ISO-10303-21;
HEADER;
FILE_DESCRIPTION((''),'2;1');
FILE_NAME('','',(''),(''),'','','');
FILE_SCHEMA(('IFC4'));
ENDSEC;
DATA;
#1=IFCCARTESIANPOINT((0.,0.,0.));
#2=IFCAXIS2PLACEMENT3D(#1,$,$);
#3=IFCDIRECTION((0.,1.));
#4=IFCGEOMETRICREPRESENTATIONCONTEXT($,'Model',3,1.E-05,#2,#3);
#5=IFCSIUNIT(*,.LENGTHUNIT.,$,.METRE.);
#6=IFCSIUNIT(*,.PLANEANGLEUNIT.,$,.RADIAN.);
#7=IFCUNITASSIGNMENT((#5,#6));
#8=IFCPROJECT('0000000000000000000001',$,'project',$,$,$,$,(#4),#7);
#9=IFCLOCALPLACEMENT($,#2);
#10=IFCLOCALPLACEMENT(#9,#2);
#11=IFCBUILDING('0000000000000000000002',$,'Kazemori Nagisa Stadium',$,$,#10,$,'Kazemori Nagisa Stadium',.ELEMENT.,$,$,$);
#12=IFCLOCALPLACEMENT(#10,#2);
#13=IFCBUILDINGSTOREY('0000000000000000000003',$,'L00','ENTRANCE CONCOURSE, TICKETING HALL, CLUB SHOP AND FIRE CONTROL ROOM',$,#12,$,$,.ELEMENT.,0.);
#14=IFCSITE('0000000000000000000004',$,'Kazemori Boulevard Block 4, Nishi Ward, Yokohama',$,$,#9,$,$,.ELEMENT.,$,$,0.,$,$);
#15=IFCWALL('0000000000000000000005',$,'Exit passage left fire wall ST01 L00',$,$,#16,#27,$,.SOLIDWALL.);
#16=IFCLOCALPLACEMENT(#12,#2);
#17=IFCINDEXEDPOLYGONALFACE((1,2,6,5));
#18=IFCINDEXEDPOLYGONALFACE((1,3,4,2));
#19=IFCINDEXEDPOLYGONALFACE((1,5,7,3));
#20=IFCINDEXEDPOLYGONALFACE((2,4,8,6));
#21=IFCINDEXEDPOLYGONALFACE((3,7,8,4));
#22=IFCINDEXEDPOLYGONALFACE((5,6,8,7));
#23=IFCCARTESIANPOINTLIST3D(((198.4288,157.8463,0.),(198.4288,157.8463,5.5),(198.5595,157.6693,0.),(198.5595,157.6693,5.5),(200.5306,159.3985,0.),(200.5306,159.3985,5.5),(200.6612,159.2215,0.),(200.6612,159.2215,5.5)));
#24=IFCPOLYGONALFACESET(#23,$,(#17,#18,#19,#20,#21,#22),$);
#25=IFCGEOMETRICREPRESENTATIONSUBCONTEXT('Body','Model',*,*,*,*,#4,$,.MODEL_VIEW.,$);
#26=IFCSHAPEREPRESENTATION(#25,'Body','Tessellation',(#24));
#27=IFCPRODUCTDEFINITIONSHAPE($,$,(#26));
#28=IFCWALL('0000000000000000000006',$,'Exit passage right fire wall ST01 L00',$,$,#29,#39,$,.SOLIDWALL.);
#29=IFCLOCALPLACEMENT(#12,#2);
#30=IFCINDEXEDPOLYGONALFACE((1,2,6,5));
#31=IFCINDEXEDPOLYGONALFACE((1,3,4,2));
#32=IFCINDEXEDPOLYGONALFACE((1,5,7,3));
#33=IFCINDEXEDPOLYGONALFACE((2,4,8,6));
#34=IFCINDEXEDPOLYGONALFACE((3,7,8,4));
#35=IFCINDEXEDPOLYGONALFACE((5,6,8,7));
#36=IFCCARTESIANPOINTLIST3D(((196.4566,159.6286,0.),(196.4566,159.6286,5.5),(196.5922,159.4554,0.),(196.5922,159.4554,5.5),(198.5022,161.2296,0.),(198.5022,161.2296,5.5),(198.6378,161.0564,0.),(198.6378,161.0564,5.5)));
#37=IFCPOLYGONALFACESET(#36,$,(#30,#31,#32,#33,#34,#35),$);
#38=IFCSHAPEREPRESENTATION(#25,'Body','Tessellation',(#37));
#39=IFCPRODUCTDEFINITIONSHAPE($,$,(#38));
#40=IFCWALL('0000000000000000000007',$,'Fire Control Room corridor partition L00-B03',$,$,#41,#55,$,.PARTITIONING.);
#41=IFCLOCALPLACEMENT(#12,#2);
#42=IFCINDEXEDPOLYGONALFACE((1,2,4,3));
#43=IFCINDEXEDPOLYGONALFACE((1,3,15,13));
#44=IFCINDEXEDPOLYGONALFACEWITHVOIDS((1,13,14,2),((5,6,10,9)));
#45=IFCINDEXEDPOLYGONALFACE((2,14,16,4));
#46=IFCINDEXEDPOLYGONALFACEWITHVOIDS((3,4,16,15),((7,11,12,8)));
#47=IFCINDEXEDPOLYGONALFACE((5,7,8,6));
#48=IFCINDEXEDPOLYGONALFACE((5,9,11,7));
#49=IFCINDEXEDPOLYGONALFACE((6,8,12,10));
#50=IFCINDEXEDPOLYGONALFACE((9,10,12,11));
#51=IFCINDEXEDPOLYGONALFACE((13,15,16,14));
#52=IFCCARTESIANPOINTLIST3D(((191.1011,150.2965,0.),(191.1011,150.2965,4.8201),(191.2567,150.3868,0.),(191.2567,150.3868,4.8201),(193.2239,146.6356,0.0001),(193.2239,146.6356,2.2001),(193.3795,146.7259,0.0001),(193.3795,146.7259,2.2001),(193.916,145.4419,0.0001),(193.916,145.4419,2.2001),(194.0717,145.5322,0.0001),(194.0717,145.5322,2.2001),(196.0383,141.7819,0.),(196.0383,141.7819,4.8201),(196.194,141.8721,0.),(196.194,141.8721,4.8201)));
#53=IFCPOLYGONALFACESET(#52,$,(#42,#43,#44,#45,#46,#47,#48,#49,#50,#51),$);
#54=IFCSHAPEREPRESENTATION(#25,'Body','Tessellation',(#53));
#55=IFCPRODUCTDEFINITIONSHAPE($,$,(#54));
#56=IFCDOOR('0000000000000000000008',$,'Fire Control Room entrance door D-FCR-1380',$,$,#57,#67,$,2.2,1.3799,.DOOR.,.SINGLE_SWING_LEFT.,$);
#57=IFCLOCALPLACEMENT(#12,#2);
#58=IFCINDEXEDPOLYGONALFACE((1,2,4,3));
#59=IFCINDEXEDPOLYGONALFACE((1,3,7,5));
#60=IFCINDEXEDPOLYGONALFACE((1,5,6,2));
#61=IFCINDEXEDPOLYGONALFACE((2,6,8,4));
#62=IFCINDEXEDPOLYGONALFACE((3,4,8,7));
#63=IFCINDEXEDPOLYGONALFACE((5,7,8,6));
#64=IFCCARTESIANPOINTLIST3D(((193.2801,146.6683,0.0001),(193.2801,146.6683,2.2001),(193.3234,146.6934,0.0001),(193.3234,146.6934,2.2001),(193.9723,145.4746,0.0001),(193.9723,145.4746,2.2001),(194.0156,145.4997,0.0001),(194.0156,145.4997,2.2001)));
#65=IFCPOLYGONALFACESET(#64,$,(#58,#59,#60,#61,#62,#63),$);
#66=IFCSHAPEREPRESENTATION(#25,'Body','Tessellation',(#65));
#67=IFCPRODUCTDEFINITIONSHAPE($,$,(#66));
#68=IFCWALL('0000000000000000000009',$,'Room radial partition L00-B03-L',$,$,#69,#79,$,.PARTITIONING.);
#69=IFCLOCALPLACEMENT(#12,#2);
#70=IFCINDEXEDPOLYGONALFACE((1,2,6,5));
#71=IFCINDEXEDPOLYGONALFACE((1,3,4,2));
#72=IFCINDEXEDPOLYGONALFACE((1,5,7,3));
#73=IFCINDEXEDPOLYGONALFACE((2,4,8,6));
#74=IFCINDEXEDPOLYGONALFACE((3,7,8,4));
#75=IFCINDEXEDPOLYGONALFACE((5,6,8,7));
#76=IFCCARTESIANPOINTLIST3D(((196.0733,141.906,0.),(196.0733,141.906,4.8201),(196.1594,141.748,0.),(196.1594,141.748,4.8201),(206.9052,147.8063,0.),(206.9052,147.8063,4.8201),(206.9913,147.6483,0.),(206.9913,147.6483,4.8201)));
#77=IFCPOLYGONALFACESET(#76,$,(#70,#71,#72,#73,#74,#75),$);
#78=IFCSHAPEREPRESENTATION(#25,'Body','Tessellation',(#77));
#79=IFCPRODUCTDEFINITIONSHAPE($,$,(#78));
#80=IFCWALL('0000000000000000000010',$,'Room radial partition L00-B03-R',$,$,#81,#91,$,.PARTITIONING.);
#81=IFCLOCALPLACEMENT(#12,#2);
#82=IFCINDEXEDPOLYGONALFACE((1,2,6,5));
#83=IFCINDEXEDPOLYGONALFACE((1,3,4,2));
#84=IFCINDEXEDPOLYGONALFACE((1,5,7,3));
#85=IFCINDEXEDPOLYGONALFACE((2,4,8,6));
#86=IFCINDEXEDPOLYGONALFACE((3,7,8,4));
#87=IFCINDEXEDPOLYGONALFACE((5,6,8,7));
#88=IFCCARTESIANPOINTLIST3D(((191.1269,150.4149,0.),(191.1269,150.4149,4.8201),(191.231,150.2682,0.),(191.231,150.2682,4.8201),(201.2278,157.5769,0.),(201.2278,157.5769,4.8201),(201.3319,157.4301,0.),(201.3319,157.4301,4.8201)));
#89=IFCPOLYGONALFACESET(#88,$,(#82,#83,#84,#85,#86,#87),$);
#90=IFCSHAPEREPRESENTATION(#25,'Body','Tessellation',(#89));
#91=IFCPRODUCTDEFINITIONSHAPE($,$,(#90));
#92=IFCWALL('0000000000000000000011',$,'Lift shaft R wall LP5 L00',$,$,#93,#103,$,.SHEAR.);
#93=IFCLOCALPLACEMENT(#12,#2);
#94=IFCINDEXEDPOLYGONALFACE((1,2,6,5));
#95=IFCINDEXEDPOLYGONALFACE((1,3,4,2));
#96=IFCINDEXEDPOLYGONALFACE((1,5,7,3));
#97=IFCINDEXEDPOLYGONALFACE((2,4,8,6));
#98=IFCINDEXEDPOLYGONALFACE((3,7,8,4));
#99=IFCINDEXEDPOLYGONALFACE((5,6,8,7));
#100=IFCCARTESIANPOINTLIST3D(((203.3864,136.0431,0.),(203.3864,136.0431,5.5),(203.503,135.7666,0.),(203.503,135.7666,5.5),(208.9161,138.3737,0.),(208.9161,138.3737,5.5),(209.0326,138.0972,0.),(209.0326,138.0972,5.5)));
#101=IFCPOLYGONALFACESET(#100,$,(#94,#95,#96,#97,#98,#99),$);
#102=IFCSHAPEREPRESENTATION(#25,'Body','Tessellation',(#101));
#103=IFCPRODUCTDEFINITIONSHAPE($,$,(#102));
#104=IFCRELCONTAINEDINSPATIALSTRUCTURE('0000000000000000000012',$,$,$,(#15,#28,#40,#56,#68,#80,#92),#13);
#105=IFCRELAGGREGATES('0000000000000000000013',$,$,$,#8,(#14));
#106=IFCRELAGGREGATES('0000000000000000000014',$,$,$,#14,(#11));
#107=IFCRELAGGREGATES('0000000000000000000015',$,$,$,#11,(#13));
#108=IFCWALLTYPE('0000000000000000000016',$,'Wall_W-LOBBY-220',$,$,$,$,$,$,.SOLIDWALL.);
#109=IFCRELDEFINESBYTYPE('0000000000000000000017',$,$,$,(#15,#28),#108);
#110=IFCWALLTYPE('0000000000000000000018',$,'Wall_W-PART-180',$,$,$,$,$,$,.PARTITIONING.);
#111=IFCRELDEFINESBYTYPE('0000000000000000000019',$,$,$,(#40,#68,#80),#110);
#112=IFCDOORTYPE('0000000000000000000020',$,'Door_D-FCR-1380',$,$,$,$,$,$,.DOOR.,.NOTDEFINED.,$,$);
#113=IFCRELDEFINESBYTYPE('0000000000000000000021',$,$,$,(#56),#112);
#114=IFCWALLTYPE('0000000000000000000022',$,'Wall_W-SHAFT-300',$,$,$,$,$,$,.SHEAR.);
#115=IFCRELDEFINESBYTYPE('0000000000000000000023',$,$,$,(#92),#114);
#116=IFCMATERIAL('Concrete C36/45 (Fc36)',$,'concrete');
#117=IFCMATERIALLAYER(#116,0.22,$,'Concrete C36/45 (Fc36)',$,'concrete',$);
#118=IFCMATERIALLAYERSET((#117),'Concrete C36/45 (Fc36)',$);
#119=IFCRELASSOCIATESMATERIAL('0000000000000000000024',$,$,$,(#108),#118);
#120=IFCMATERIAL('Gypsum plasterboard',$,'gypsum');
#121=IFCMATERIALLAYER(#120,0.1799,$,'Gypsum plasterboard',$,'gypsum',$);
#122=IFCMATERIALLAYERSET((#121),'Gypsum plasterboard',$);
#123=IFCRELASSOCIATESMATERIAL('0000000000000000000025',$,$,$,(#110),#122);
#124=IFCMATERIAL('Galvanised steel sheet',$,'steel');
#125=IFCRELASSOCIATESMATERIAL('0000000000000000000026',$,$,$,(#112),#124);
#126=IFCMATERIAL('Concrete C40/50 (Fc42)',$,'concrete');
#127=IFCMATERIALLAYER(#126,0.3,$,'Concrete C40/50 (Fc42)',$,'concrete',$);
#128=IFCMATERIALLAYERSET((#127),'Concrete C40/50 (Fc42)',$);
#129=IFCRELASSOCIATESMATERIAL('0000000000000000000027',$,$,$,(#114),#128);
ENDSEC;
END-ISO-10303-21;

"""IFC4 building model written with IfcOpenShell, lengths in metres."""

from ifc_helpers import new_model, si_unit, direction, frame, frame_2d, origin, place, context, subcontext, project, spatial, rectangle, extrude, material, layer, layer_set, type_object, element, fill, save


model = new_model("IFC4")

# Units and contexts
model_context = context("Model", 3, precision=1e-05, world=origin(), true_north=direction((0.0, 1.0)))
body_context = subcontext(model_context, "Body", "Model", "MODEL_VIEW")
ifc_project = project(units=[si_unit("LENGTHUNIT", "METRE"), si_unit("PLANEANGLEUNIT", "RADIAN")], contexts=[model_context])

# Site, building, storey
site_placement = place(None, origin())
site = spatial("IfcSite", under=ifc_project, at=site_placement, Name="Kazemori Boulevard Block 4, Nishi Ward, Yokohama", CompositionType="ELEMENT", RefElevation=0.0)
building_placement = place(site_placement, origin())
building = spatial("IfcBuilding", under=site, at=building_placement, Name="Kazemori Nagisa Stadium", LongName="Kazemori Nagisa Stadium", CompositionType="ELEMENT")
storey_placement = place(building_placement, origin())
storey = spatial("IfcBuildingStorey", under=building, at=storey_placement, Name="L00", Description="ENTRANCE CONCOURSE, TICKETING HALL, CLUB SHOP AND FIRE CONTROL ROOM", CompositionType="ELEMENT", Elevation=0.0)

# Shared definitions
ifc_material_1 = material(Name="Concrete C40/50 (Fc42)", Category="concrete")

# Shared definitions
ifc_material_2 = material(Name="Galvanised steel sheet", Category="steel")

# Walls
ifc_material_3 = material(Name="Concrete C36/45 (Fc36)", Category="concrete")
ifc_layer_1 = layer(ifc_material_3, 0.22, Name="Concrete C36/45 (Fc36)", Category="concrete")
ifc_layer_set_1 = layer_set([ifc_layer_1], Name="Concrete C36/45 (Fc36)")
wall_type_1 = type_object("IfcWallType", Name="Wall_W-LOBBY-220", PredefinedType="SOLIDWALL", material=ifc_layer_set_1)
wall_1_placement = place(storey_placement, frame((198.4941, 157.7578, 0.0), z_axis=(0.0, 0.0, 1.0), x_axis=(0.804407, 0.594078, 0.0)))
element("IfcWall", 1, at=wall_1_placement, inside=storey, type_object=wall_type_1, Name="Exit passage left fire wall ST01 L00", PredefinedType="SOLIDWALL", context=body_context, shape_type="SweptSolid", body=[
    extrude(rectangle(XDim=2.6128, YDim=0.22, at=frame_2d((1.3064, 0.0))), origin(), (0.0, 0.0, 1.0), 5.5),
])
wall_2_placement = place(storey_placement, frame((196.5244, 159.542, 0.0), z_axis=(0.0, 0.0, 1.0), x_axis=(0.787481, 0.616339, 0.0)))
element("IfcWall", 2, at=wall_2_placement, inside=storey, type_object=wall_type_1, Name="Exit passage right fire wall ST01 L00", PredefinedType="SOLIDWALL", context=body_context, shape_type="SweptSolid", body=[
    extrude(rectangle(XDim=2.5977, YDim=0.22, at=frame_2d((1.2988, 0.0))), origin(), (0.0, 0.0, 1.0), 5.5),
])

# Wall, opening, door
ifc_material_4 = material(Name="Gypsum plasterboard", Category="gypsum")
ifc_layer_2 = layer(ifc_material_4, 0.1799, Name="Gypsum plasterboard", Category="gypsum")
ifc_layer_set_2 = layer_set([ifc_layer_2], Name="Gypsum plasterboard")
wall_type_2 = type_object("IfcWallType", Name="Wall_W-PART-180", PredefinedType="PARTITIONING", material=ifc_layer_set_2)
wall_3_placement = place(storey_placement, frame((196.1162, 141.8269, 0.0), z_axis=(0.0, 0.0, 1.0), x_axis=(-0.501624, 0.865086, 0.0)))
wall_3 = element("IfcWall", 3, at=wall_3_placement, inside=storey, type_object=wall_type_2, Name="Fire Control Room corridor partition L00-B03", PredefinedType="PARTITIONING", context=body_context, shape_type="SweptSolid", body=[
    extrude(rectangle(XDim=9.8425, YDim=0.1799, at=frame_2d((4.9214, 0.0))), origin(), (0.0, 0.0, 1.0), 4.8201),
])
opening_1_placement = place(wall_3_placement, frame((4.231, 0.0, 0.0)))
opening_1 = element("IfcOpeningElement", 4, at=opening_1_placement, cuts=wall_3, PredefinedType="OPENING", context=body_context, shape_type="SweptSolid", body=[
    extrude(rectangle(XDim=1.3799, YDim=2.2, at=frame_2d((0.6899, 1.1001))), frame((0.0, 0.0999, 0.0), z_axis=(0.0, -1.0, 0.0), x_axis=(1.0, 0.0, 0.0)), (0.0, 0.0, 1.0), 0.2),
])
door_type_1 = type_object("IfcDoorType", Name="Door_D-FCR-1380", OperationType="NOTDEFINED", PredefinedType="DOOR", material=ifc_material_2)
door_1_placement = place(opening_1_placement, origin())
door_1 = element("IfcDoor", 5, at=door_1_placement, inside=storey, type_object=door_type_1, Name="Fire Control Room entrance door D-FCR-1380", OperationType="SINGLE_SWING_LEFT", OverallHeight=2.2, OverallWidth=1.3799, PredefinedType="DOOR", context=body_context, shape_type="SweptSolid", body=[
    extrude(rectangle(XDim=1.3799, YDim=2.2, at=frame_2d((0.6899, 1.1001))), frame((0.0, 0.0249, 0.0), z_axis=(0.0, -1.0, 0.0), x_axis=(1.0, 0.0, 0.0)), (0.0, 0.0, 1.0), 0.05),
])
fill(opening_1, door_1)

# Walls
wall_4_placement = place(storey_placement, frame((196.1162, 141.8269, 0.0), z_axis=(0.0, 0.0, 1.0), x_axis=(0.878168, 0.478353, 0.0)))
element("IfcWall", 6, at=wall_4_placement, inside=storey, type_object=wall_type_2, Name="Room radial partition L00-B03-L", PredefinedType="PARTITIONING", context=body_context, shape_type="SweptSolid", body=[
    extrude(rectangle(XDim=12.3347, YDim=0.1799, at=frame_2d((6.1675, 0.0))), origin(), (0.0, 0.0, 1.0), 4.8201),
])
wall_5_placement = place(storey_placement, frame((191.179, 150.3416, 0.0), z_axis=(0.0, 0.0, 1.0), x_axis=(0.815754, 0.5784, 0.0)))
element("IfcWall", 7, at=wall_5_placement, inside=storey, type_object=wall_type_2, Name="Room radial partition L00-B03-R", PredefinedType="PARTITIONING", context=body_context, shape_type="SweptSolid", body=[
    extrude(rectangle(XDim=12.3823, YDim=0.1799, at=frame_2d((6.1912, 0.0))), origin(), (0.0, 0.0, 1.0), 4.8201),
])
ifc_layer_3 = layer(ifc_material_1, 0.3, Name="Concrete C40/50 (Fc42)", Category="concrete")
ifc_layer_set_3 = layer_set([ifc_layer_3], Name="Concrete C40/50 (Fc42)")
wall_type_3 = type_object("IfcWallType", Name="Wall_W-SHAFT-300", PredefinedType="SHEAR", material=ifc_layer_set_3)
wall_6_placement = place(storey_placement, frame((203.4446, 135.9048, 0.0), z_axis=(0.0, 0.0, 1.0), x_axis=(0.921496, 0.388388, 0.0)))
element("IfcWall", 8, at=wall_6_placement, inside=storey, type_object=wall_type_3, Name="Lift shaft R wall LP5 L00", PredefinedType="SHEAR", context=body_context, shape_type="SweptSolid", body=[
    extrude(rectangle(XDim=6.0007, YDim=0.3, at=frame_2d((3.0005, 0.0))), origin(), (0.0, 0.0, 1.0), 5.5),
])

save(model, "model.ifc")
